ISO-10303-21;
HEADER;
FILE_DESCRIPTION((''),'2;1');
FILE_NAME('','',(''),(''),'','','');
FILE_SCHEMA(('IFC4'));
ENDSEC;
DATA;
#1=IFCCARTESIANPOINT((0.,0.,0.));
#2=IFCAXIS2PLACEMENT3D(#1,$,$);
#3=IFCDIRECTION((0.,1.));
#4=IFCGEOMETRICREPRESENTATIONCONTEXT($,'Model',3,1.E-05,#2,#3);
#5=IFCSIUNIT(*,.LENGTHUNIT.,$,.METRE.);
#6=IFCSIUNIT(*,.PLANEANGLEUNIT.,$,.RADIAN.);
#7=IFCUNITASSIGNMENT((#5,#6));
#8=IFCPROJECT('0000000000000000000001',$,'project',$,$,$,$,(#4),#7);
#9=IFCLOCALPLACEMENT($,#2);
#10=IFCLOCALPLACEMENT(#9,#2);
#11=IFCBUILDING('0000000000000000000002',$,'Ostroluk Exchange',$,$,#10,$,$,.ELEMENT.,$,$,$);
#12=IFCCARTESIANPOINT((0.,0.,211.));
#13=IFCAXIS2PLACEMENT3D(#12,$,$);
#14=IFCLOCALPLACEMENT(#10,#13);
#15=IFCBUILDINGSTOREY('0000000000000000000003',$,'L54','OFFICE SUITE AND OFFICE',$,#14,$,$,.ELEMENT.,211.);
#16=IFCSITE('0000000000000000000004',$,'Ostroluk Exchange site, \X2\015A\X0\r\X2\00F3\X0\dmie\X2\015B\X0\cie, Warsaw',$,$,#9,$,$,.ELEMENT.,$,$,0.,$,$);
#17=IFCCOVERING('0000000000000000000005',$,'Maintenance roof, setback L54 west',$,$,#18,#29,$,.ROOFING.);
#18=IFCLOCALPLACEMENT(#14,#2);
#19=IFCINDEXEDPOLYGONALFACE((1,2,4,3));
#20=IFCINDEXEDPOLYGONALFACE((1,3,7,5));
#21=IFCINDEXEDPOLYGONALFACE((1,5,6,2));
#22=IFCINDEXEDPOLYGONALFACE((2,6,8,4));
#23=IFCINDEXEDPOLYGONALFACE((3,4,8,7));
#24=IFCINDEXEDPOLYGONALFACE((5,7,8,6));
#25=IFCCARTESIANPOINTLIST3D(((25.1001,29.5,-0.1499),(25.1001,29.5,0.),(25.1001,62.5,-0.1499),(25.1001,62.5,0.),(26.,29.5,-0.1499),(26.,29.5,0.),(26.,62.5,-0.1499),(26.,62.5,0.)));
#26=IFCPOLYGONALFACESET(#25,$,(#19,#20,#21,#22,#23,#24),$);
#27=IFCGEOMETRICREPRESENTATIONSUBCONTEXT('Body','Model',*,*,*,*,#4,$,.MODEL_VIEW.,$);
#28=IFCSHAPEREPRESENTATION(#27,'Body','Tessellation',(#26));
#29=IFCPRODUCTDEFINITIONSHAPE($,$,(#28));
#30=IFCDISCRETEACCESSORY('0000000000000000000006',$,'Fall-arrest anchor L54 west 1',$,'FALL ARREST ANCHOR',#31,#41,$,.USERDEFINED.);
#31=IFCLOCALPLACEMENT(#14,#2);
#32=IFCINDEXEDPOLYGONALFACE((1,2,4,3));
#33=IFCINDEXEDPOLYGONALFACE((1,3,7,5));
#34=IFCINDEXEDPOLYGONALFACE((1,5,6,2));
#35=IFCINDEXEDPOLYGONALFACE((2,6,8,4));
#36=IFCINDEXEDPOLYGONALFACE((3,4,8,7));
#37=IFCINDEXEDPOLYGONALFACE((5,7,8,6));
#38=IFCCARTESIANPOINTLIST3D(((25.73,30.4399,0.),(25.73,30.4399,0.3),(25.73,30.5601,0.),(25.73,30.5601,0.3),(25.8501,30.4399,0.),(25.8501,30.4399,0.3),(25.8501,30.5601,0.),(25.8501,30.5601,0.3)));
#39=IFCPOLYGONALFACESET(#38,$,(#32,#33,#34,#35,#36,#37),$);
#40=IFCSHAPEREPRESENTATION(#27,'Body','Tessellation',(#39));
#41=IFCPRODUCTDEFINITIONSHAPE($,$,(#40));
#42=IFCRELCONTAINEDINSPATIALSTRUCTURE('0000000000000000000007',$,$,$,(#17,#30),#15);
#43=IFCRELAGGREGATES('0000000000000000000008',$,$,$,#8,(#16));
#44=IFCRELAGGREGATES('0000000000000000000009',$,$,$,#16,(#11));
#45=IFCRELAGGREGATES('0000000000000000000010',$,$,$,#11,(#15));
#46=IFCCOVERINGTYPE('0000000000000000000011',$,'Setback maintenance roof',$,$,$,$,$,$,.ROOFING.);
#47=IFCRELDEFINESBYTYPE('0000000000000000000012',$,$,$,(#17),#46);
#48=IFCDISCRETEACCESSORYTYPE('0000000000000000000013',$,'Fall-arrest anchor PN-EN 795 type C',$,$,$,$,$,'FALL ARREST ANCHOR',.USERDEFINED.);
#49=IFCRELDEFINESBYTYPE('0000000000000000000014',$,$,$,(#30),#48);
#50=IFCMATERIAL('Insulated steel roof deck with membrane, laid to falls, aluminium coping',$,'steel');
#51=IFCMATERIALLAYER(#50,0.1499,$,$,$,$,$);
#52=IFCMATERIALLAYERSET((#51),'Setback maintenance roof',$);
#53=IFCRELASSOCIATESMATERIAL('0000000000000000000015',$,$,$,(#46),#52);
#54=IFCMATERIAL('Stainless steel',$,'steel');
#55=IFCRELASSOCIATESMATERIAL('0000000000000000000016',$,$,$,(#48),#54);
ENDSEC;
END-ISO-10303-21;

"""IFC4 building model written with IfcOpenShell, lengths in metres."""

from ifc_helpers import new_model, si_unit, direction, frame, origin, origin_2d, place, context, subcontext, project, spatial, polyline, rectangle, outline, extrude, material, layer, layer_set, type_object, element, save


model = new_model("IFC4")

# Units and contexts
model_context = context("Model", 3, precision=1e-05, world=origin(), true_north=direction((0.0, 1.0)))
body_context = subcontext(model_context, "Body", "Model", "MODEL_VIEW")
ifc_project = project(units=[si_unit("LENGTHUNIT", "METRE"), si_unit("PLANEANGLEUNIT", "RADIAN")], contexts=[model_context])

# Site, building, storey
site_placement = place(None, origin())
site = spatial("IfcSite", under=ifc_project, at=site_placement, Name="Ostroluk Exchange site, Śródmieście, Warsaw", CompositionType="ELEMENT", RefElevation=0.0)
building_placement = place(site_placement, origin())
building = spatial("IfcBuilding", under=site, at=building_placement, Name="Ostroluk Exchange", CompositionType="ELEMENT")
storey_placement = place(building_placement, frame((0.0, 0.0, 211.0)))
storey = spatial("IfcBuildingStorey", under=building, at=storey_placement, Name="L54", Description="OFFICE SUITE AND OFFICE", CompositionType="ELEMENT", Elevation=211.0)

# Covering
ifc_material_1 = material(Name="Insulated steel roof deck with membrane, laid to falls, aluminium coping", Category="steel")
ifc_layer_1 = layer(ifc_material_1, 0.1499)
ifc_layer_set_1 = layer_set([ifc_layer_1], Name="Setback maintenance roof")
covering_type = type_object("IfcCoveringType", Name="Setback maintenance roof", PredefinedType="ROOFING", material=ifc_layer_set_1)
covering_1_placement = place(storey_placement, frame((0.0, 0.0, -0.1499)))
element("IfcCovering", 1, at=covering_1_placement, inside=storey, type_object=covering_type, Name="Maintenance roof, setback L54 west", PredefinedType="ROOFING", context=body_context, shape_type="SweptSolid", body=[
    extrude(outline(polyline([(25.1001, 62.5), (26.0, 62.5), (26.0, 29.5), (25.1001, 29.5), (25.1001, 62.5)])), origin(), (0.0, 0.0, 1.0), 0.1499),
])

# Discrete accessory
ifc_material_2 = material(Name="Stainless steel", Category="steel")
discrete_accessory_type = type_object("IfcDiscreteAccessoryType", Name="Fall-arrest anchor PN-EN 795 type C", ElementType="FALL ARREST ANCHOR", PredefinedType="USERDEFINED", material=ifc_material_2)
discrete_accessory_placement = place(storey_placement, frame((25.79, 30.5, 0.0), z_axis=(0.0, 0.0, 1.0), x_axis=(1.0, 0.0, 0.0)))
element("IfcDiscreteAccessory", 2, at=discrete_accessory_placement, inside=storey, type_object=discrete_accessory_type, Name="Fall-arrest anchor L54 west 1", ObjectType="FALL ARREST ANCHOR", PredefinedType="USERDEFINED", context=body_context, shape_type="SweptSolid", body=[
    extrude(rectangle(XDim=0.1201, YDim=0.1201, at=origin_2d()), origin(), (0.0, 0.0, 1.0), 0.3),
])

save(model, "model.ifc")
